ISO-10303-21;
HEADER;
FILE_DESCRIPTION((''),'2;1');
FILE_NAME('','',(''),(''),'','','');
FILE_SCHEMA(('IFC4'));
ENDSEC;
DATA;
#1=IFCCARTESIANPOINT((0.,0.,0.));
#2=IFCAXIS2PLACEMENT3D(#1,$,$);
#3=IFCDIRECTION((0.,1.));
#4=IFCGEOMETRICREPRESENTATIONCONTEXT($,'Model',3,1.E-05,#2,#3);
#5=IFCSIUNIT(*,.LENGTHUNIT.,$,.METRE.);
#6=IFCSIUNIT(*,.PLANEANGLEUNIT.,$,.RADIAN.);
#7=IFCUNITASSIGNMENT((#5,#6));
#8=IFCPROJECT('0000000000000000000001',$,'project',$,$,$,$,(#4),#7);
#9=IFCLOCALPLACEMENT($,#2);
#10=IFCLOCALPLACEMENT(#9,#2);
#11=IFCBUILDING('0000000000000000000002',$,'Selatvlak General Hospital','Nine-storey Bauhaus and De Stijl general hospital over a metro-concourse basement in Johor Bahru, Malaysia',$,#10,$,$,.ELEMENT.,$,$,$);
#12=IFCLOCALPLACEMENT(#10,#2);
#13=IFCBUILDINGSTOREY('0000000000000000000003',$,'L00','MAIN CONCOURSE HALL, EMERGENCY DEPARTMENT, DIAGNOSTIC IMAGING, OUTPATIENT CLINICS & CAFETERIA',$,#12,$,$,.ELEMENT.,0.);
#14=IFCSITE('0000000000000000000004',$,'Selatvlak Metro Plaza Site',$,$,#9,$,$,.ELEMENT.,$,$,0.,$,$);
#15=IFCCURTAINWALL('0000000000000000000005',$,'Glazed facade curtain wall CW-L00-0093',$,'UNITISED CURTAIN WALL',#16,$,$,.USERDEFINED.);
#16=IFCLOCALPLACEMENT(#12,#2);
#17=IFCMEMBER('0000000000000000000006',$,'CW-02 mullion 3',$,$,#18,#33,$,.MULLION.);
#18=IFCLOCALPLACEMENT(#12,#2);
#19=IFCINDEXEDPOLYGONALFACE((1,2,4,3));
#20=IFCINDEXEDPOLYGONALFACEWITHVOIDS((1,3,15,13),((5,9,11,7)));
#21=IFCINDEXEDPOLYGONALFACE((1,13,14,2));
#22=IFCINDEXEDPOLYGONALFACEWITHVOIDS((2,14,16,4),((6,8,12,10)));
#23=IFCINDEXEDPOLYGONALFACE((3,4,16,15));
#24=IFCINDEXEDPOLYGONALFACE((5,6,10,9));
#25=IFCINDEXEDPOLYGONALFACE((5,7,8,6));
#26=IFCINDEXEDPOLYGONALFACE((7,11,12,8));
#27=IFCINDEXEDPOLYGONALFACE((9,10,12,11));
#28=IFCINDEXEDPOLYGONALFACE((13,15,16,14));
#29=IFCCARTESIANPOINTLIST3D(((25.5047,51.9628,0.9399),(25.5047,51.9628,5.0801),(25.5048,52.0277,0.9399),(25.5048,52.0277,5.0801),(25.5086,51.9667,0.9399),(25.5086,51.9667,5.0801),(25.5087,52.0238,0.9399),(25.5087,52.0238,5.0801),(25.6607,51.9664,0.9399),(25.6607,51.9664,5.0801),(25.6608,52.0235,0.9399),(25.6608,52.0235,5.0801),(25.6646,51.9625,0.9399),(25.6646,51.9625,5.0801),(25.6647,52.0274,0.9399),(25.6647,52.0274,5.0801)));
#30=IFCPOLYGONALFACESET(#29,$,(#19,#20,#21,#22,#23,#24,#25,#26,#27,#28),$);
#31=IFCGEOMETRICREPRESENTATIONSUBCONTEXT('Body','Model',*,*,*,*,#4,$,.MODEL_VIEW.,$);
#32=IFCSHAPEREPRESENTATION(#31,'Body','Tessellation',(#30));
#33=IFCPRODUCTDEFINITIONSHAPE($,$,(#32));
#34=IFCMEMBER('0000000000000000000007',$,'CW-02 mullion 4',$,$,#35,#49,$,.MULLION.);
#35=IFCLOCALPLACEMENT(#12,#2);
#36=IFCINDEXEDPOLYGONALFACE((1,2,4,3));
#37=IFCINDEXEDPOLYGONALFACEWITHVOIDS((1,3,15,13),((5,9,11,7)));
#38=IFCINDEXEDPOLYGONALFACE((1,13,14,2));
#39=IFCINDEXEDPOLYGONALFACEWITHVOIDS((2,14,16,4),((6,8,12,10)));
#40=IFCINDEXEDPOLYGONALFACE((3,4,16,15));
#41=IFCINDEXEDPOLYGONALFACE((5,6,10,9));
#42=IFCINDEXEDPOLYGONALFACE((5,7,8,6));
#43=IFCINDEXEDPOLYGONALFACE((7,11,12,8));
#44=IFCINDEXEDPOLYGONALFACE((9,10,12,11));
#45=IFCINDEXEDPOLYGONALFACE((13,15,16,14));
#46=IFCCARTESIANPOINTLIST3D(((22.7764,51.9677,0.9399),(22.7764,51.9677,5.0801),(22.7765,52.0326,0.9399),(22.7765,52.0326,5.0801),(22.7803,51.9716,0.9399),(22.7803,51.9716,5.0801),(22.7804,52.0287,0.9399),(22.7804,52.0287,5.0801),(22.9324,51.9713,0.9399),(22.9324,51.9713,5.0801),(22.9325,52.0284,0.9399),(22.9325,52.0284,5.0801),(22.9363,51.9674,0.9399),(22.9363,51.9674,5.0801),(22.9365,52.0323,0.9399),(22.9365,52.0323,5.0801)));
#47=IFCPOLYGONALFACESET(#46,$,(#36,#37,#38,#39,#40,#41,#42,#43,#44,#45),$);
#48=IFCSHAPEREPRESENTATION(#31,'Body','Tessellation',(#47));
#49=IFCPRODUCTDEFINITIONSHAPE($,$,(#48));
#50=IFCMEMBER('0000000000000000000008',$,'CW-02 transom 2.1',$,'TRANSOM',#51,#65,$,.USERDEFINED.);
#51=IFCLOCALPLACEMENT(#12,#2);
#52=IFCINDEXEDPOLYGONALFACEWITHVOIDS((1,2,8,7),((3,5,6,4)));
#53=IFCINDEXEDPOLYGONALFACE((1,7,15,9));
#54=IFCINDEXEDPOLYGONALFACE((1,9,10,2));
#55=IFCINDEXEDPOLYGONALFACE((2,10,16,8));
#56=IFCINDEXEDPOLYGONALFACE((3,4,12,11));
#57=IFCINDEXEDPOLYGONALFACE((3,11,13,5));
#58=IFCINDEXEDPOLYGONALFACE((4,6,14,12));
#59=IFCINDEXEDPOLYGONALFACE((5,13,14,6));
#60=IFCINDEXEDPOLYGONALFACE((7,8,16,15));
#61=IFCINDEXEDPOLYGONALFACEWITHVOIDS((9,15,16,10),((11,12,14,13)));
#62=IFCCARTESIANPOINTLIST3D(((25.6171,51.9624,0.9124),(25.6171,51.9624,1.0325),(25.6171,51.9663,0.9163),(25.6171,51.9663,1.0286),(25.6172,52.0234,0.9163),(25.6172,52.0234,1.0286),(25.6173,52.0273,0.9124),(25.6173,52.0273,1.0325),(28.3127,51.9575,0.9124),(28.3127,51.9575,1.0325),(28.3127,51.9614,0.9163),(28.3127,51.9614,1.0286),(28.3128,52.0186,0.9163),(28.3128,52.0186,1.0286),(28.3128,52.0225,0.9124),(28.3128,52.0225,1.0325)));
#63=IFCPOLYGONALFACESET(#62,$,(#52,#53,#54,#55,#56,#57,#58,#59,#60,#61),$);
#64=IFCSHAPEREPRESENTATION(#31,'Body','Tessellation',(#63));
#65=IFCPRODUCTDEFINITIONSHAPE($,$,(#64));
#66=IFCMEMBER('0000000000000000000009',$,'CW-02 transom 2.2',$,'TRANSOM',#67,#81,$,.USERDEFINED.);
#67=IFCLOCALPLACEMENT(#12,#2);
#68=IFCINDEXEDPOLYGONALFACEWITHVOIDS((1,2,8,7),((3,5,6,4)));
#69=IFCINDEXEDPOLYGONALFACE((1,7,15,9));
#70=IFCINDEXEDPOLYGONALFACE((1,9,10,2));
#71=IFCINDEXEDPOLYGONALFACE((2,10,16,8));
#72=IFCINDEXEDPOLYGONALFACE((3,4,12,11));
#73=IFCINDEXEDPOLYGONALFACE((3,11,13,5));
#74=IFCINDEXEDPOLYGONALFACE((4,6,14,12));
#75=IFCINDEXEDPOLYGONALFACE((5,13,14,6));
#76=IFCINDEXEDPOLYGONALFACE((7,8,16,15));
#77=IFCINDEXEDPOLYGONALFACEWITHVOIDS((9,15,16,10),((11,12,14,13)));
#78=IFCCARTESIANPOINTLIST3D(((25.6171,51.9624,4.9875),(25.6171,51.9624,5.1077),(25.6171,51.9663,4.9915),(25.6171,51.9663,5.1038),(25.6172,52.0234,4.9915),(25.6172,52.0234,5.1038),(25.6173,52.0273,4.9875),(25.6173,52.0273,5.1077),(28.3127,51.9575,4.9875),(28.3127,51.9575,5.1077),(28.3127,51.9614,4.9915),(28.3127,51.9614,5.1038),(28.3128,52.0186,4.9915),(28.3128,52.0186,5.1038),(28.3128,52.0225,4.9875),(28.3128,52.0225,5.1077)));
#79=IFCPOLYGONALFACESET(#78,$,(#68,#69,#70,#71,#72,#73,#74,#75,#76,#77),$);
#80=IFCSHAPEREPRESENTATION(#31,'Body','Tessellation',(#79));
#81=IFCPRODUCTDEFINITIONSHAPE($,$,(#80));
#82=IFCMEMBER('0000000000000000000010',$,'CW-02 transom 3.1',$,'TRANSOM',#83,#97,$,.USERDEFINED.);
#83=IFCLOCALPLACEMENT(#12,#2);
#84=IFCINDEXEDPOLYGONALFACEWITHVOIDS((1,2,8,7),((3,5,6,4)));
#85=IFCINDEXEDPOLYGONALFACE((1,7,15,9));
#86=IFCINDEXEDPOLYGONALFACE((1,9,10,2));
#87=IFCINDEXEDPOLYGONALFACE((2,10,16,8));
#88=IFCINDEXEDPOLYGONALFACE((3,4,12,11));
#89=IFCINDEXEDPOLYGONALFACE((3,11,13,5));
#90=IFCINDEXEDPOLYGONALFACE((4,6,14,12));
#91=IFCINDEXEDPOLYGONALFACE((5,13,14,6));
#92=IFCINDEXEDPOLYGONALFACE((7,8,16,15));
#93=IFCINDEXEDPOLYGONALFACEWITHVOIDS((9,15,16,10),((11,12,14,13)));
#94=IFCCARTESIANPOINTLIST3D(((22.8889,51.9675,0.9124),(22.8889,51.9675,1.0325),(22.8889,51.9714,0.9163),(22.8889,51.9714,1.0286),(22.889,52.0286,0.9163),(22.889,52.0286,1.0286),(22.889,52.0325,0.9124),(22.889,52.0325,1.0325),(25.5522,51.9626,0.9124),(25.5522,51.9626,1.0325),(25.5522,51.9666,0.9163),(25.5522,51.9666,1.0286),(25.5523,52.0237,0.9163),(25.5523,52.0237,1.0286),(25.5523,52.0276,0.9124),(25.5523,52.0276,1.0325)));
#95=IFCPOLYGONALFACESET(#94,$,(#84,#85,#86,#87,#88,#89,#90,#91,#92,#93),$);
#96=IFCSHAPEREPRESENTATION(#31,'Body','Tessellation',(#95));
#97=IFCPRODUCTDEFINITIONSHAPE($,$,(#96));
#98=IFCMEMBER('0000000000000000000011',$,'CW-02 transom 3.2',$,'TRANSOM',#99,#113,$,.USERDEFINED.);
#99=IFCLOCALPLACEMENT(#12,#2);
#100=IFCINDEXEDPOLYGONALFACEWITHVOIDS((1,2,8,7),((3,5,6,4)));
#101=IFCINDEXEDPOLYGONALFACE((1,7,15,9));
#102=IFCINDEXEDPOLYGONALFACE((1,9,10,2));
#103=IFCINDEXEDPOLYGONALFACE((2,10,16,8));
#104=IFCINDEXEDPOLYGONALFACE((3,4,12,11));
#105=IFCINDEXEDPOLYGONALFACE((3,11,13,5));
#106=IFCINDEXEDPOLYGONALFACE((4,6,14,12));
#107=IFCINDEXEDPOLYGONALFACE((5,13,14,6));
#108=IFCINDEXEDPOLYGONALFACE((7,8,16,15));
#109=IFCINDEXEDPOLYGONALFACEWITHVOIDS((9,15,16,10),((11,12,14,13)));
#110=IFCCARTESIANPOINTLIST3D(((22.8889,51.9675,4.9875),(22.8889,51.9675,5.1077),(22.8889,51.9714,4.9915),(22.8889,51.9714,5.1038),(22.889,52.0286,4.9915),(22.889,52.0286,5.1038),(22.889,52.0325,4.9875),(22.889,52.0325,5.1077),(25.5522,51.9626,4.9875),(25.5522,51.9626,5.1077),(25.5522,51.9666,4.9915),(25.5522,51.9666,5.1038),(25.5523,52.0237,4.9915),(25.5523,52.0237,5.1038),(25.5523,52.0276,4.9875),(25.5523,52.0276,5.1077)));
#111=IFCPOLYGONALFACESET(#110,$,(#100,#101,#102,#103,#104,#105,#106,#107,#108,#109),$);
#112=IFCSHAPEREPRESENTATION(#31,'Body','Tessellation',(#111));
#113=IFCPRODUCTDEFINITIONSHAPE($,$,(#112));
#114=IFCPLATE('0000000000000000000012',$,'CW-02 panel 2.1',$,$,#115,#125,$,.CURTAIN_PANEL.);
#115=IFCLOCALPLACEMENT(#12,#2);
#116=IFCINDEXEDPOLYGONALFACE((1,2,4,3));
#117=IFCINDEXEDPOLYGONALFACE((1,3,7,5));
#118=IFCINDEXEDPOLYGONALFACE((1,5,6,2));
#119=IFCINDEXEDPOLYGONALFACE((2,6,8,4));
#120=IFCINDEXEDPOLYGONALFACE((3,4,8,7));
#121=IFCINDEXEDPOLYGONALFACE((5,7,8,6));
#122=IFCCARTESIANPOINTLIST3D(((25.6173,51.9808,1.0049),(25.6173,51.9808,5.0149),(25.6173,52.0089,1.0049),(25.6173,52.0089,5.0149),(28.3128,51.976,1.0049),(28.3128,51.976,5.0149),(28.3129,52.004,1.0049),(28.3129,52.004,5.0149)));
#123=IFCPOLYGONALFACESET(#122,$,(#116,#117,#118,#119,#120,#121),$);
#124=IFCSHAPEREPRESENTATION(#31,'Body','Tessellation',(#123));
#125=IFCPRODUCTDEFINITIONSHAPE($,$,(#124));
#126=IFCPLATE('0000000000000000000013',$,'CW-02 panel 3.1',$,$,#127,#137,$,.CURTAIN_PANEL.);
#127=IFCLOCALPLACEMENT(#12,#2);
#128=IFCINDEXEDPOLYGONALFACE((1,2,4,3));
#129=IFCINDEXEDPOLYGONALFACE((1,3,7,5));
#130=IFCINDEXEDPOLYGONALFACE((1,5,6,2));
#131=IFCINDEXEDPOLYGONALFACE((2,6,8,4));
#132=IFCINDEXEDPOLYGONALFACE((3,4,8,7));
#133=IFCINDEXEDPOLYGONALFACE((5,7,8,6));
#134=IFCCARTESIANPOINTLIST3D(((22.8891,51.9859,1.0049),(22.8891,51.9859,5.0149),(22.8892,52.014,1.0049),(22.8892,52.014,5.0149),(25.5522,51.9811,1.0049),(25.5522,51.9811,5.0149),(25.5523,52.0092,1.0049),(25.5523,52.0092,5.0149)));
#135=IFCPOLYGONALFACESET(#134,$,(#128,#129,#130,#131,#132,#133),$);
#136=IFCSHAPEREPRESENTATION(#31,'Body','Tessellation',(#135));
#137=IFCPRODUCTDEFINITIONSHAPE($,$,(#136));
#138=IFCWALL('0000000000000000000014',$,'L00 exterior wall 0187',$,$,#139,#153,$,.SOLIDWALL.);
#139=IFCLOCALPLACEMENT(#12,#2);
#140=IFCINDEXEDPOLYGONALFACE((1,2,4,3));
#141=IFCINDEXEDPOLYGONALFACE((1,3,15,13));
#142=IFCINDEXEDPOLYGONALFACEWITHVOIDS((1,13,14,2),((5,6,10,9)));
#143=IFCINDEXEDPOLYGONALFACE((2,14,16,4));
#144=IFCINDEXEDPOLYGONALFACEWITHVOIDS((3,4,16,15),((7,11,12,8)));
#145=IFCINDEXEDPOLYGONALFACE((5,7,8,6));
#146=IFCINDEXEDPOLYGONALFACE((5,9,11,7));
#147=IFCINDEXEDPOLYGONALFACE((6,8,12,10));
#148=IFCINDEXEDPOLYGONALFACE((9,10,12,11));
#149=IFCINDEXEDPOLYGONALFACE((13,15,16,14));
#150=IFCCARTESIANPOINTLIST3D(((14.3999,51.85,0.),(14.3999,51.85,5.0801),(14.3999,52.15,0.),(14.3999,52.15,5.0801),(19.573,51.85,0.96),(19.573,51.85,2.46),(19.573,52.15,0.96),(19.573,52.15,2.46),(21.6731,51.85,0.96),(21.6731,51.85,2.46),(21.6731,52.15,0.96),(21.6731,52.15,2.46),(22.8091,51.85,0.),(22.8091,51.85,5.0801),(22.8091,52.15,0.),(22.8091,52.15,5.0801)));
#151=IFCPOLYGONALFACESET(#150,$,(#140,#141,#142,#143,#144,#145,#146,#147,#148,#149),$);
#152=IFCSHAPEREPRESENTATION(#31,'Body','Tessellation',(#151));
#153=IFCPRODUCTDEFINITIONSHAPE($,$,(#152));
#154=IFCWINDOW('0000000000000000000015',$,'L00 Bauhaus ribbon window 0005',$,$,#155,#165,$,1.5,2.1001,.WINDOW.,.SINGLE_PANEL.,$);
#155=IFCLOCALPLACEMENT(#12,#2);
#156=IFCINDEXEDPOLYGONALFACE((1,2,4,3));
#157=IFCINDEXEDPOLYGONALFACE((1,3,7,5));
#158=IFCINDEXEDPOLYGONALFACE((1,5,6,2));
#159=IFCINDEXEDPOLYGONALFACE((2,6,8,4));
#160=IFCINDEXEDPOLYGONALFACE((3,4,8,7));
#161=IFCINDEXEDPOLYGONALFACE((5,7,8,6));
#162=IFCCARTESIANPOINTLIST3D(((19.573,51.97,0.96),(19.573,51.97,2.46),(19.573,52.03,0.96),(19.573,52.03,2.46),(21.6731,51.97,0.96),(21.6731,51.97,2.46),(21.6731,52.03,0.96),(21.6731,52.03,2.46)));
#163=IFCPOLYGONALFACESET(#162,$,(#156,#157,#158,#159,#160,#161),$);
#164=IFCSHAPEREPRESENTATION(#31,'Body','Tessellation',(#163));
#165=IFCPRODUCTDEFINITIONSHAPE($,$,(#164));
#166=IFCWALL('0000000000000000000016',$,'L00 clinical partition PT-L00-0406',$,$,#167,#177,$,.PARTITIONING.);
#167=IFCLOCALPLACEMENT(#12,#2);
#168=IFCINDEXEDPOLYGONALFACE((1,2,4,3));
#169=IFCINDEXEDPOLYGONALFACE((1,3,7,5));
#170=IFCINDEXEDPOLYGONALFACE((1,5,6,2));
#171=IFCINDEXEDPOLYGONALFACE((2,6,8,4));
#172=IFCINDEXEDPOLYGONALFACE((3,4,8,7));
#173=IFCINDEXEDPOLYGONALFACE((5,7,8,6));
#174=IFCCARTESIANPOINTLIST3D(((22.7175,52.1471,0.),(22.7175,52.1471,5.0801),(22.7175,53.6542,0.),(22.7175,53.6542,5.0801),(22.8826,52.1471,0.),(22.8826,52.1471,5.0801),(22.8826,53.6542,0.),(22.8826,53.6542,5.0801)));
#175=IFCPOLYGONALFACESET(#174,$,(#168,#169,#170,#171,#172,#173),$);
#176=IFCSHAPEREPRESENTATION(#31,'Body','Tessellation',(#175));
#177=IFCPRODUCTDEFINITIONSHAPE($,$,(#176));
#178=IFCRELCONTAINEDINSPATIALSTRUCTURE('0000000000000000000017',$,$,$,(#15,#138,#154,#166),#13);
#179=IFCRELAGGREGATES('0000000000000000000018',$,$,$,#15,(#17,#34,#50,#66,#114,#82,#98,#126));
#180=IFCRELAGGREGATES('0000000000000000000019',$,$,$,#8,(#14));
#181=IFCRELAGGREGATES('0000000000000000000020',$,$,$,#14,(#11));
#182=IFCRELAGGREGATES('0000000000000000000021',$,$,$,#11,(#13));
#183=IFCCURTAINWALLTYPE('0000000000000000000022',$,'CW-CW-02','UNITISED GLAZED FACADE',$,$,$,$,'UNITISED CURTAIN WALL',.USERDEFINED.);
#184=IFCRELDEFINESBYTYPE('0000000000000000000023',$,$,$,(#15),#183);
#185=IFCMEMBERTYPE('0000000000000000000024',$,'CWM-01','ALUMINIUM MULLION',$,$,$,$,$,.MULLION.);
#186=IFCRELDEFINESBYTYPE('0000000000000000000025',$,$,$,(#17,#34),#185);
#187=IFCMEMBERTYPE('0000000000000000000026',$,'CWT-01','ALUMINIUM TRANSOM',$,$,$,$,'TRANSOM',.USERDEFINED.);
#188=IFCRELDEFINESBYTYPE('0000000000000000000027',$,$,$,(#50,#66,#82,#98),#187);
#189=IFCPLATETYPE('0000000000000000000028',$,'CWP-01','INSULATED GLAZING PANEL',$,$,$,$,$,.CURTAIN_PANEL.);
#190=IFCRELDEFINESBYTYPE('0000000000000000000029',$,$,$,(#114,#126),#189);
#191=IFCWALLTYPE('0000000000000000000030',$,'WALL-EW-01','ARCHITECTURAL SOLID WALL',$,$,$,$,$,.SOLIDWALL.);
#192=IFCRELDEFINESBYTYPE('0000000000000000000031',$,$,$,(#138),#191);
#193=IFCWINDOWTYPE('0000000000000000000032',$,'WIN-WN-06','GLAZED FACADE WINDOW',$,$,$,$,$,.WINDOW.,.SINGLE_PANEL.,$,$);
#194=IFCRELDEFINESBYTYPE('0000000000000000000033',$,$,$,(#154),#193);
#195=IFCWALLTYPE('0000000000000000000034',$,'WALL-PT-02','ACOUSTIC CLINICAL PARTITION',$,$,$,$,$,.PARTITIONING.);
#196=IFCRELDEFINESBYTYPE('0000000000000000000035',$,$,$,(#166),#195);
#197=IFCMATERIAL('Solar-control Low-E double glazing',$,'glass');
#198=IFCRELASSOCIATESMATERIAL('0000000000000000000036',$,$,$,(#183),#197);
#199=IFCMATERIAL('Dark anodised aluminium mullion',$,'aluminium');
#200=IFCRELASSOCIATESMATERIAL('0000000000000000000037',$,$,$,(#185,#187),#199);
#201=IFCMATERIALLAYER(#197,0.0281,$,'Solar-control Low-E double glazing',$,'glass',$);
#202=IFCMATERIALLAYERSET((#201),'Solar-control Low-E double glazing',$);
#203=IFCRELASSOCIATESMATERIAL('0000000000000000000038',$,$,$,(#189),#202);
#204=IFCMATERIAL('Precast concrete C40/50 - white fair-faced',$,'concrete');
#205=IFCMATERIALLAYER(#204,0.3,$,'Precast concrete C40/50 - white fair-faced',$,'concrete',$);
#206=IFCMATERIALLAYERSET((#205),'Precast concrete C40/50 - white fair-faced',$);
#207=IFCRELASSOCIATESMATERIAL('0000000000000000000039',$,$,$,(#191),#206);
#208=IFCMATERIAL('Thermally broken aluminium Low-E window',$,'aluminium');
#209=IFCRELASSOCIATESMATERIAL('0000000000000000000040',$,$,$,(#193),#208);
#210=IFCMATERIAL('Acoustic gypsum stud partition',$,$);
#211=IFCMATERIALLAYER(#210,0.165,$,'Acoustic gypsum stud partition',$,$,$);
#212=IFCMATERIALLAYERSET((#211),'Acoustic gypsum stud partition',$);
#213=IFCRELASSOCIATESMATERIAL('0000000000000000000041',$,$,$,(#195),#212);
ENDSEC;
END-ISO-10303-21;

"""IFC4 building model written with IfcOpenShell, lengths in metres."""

from ifc_helpers import new_model, si_unit, direction, frame, frame_2d, origin, origin_2d, place, context, subcontext, project, spatial, rectangle, hollow_rectangle, extrude, material, layer, layer_set, material_profile, profile_set, type_object, element, fill, aggregate, save


model = new_model("IFC4")

# Units and contexts
model_context = context("Model", 3, precision=1e-05, world=origin(), true_north=direction((0.0, 1.0)))
body_context = subcontext(model_context, "Body", "Model", "MODEL_VIEW")
ifc_project = project(units=[si_unit("LENGTHUNIT", "METRE"), si_unit("PLANEANGLEUNIT", "RADIAN")], contexts=[model_context])

# Site, building, storey
site_placement = place(None, origin())
site = spatial("IfcSite", under=ifc_project, at=site_placement, Name="Selatvlak Metro Plaza Site", CompositionType="ELEMENT", RefElevation=0.0)
building_placement = place(site_placement, origin())
building = spatial("IfcBuilding", under=site, at=building_placement, Name="Selatvlak General Hospital", Description="Nine-storey Bauhaus and De Stijl general hospital over a metro-concourse basement in Johor Bahru, Malaysia", CompositionType="ELEMENT")
storey_placement = place(building_placement, origin())
storey = spatial("IfcBuildingStorey", under=building, at=storey_placement, Name="L00", Description="MAIN CONCOURSE HALL, EMERGENCY DEPARTMENT, DIAGNOSTIC IMAGING, OUTPATIENT CLINICS & CAFETERIA", CompositionType="ELEMENT", Elevation=0.0)

# Curtain wall, members, plates
ifc_material_1 = material(Name="Solar-control Low-E double glazing", Category="glass")
curtain_wall_type = type_object("IfcCurtainWallType", Name="CW-CW-02", Description="UNITISED GLAZED FACADE", ElementType="UNITISED CURTAIN WALL", PredefinedType="USERDEFINED", material=ifc_material_1)
curtain_wall_placement = place(storey_placement, origin())
curtain_wall = element("IfcCurtainWall", 1, at=curtain_wall_placement, inside=storey, type_object=curtain_wall_type, Name="Glazed facade curtain wall CW-L00-0093", ObjectType="UNITISED CURTAIN WALL", PredefinedType="USERDEFINED")
ifc_material_2 = material(Name="Dark anodised aluminium mullion", Category="aluminium")
ifc_material_profile_1 = material_profile(ifc_material_2, hollow_rectangle(XDim=0.0649, YDim=0.1599, WallThickness=0.0039, at=origin_2d()), Name="AL-MUL 65x160x4")
ifc_profile_set_1 = profile_set([ifc_material_profile_1], Name="Dark anodised aluminium mullion")
member_type_1 = type_object("IfcMemberType", Name="CWM-01", Description="ALUMINIUM MULLION", PredefinedType="MULLION", material=ifc_profile_set_1)
member_1_placement = place(storey_placement, frame((25.5847, 51.9951, 0.9399), z_axis=(0.0, 0.0, 1.0), x_axis=(-0.001811, -0.999998, 0.0)))
member_1 = element("IfcMember", 2, at=member_1_placement, type_object=member_type_1, Name="CW-02 mullion 3", PredefinedType="MULLION", context=body_context, shape_type="SweptSolid", body=[
    extrude(hollow_rectangle(XDim=0.0649, YDim=0.1599, WallThickness=0.0039, at=origin_2d()), origin(), (0.0, 0.0, 1.0), 4.1401),
])
member_2_placement = place(storey_placement, frame((22.8564, 52.0, 0.9399), z_axis=(0.0, 0.0, 1.0), x_axis=(-0.001811, -0.999998, 0.0)))
member_2 = element("IfcMember", 3, at=member_2_placement, type_object=member_type_1, Name="CW-02 mullion 4", PredefinedType="MULLION", context=body_context, shape_type="SweptSolid", body=[
    extrude(hollow_rectangle(XDim=0.0649, YDim=0.1599, WallThickness=0.0039, at=origin_2d()), origin(), (0.0, 0.0, 1.0), 4.1401),
])
ifc_material_profile_2 = material_profile(ifc_material_2, hollow_rectangle(XDim=0.0649, YDim=0.1201, WallThickness=0.0039, at=origin_2d()), Name="AL-TRN 65x120x4")
ifc_profile_set_2 = profile_set([ifc_material_profile_2], Name="Dark anodised aluminium mullion")
member_type_2 = type_object("IfcMemberType", Name="CWT-01", Description="ALUMINIUM TRANSOM", ElementType="TRANSOM", PredefinedType="USERDEFINED", material=ifc_profile_set_2)
member_3_placement = place(storey_placement, frame((28.3127, 51.99, 0.9724), z_axis=(-0.999998, 0.001811, 0.0), x_axis=(-0.001811, -0.999998, 0.0)))
member_3 = element("IfcMember", 4, at=member_3_placement, type_object=member_type_2, Name="CW-02 transom 2.1", ObjectType="TRANSOM", PredefinedType="USERDEFINED", context=body_context, shape_type="SweptSolid", body=[
    extrude(hollow_rectangle(XDim=0.0649, YDim=0.1201, WallThickness=0.0039, at=origin_2d()), origin(), (0.0, 0.0, 1.0), 2.6956),
])
member_4_placement = place(storey_placement, frame((28.3127, 51.99, 5.0476), z_axis=(-0.999998, 0.001811, 0.0), x_axis=(-0.001811, -0.999998, 0.0)))
member_4 = element("IfcMember", 5, at=member_4_placement, type_object=member_type_2, Name="CW-02 transom 2.2", ObjectType="TRANSOM", PredefinedType="USERDEFINED", context=body_context, shape_type="SweptSolid", body=[
    extrude(hollow_rectangle(XDim=0.0649, YDim=0.1201, WallThickness=0.0039, at=origin_2d()), origin(), (0.0, 0.0, 1.0), 2.6956),
])
member_5_placement = place(storey_placement, frame((25.5522, 51.9951, 0.9724), z_axis=(-0.999998, 0.001833, 0.0), x_axis=(-0.001833, -0.999998, 0.0)))
member_5 = element("IfcMember", 6, at=member_5_placement, type_object=member_type_2, Name="CW-02 transom 3.1", ObjectType="TRANSOM", PredefinedType="USERDEFINED", context=body_context, shape_type="SweptSolid", body=[
    extrude(hollow_rectangle(XDim=0.0649, YDim=0.1201, WallThickness=0.0039, at=origin_2d()), origin(), (0.0, 0.0, 1.0), 2.6633),
])
member_6_placement = place(storey_placement, frame((25.5522, 51.9951, 5.0476), z_axis=(-0.999998, 0.001833, 0.0), x_axis=(-0.001833, -0.999998, 0.0)))
member_6 = element("IfcMember", 7, at=member_6_placement, type_object=member_type_2, Name="CW-02 transom 3.2", ObjectType="TRANSOM", PredefinedType="USERDEFINED", context=body_context, shape_type="SweptSolid", body=[
    extrude(hollow_rectangle(XDim=0.0649, YDim=0.1201, WallThickness=0.0039, at=origin_2d()), origin(), (0.0, 0.0, 1.0), 2.6633),
])
ifc_layer_1 = layer(ifc_material_1, 0.0281, Name="Solar-control Low-E double glazing", Category="glass")
ifc_layer_set_1 = layer_set([ifc_layer_1], Name="Solar-control Low-E double glazing")
plate_type = type_object("IfcPlateType", Name="CWP-01", Description="INSULATED GLAZING PANEL", PredefinedType="CURTAIN_PANEL", material=ifc_layer_set_1)
plate_1_placement = place(storey_placement, frame((26.9651, 51.9924, 1.0049), z_axis=(0.0, 0.0, 1.0), x_axis=(-0.999998, 0.001811, 0.0)))
plate_1 = element("IfcPlate", 8, at=plate_1_placement, type_object=plate_type, Name="CW-02 panel 2.1", PredefinedType="CURTAIN_PANEL", context=body_context, shape_type="SweptSolid", body=[
    extrude(rectangle(XDim=2.6956, YDim=0.0281, at=origin_2d()), origin(), (0.0, 0.0, 1.0), 4.01),
])
plate_2_placement = place(storey_placement, frame((24.2207, 51.9976, 1.0049), z_axis=(0.0, 0.0, 1.0), x_axis=(-0.999998, 0.001811, 0.0)))
plate_2 = element("IfcPlate", 9, at=plate_2_placement, type_object=plate_type, Name="CW-02 panel 3.1", PredefinedType="CURTAIN_PANEL", context=body_context, shape_type="SweptSolid", body=[
    extrude(rectangle(XDim=2.6631, YDim=0.0281, at=origin_2d()), origin(), (0.0, 0.0, 1.0), 4.01),
])
aggregate(curtain_wall, [member_1, member_2, member_3, member_4, plate_1, member_5, member_6, plate_2])

# Wall, opening, window
ifc_material_3 = material(Name="Precast concrete C40/50 - white fair-faced", Category="concrete")
ifc_layer_2 = layer(ifc_material_3, 0.3, Name="Precast concrete C40/50 - white fair-faced", Category="concrete")
ifc_layer_set_2 = layer_set([ifc_layer_2], Name="Precast concrete C40/50 - white fair-faced")
wall_type_1 = type_object("IfcWallType", Name="WALL-EW-01", Description="ARCHITECTURAL SOLID WALL", PredefinedType="SOLIDWALL", material=ifc_layer_set_2)
wall_1_placement = place(storey_placement, frame((22.8091, 52.0, 0.0), z_axis=(0.0, 0.0, 1.0), x_axis=(-1.0, 0.0, 0.0)))
wall_1 = element("IfcWall", 10, at=wall_1_placement, inside=storey, type_object=wall_type_1, Name="L00 exterior wall 0187", PredefinedType="SOLIDWALL", context=body_context, shape_type="SweptSolid", body=[
    extrude(rectangle(XDim=8.4092, YDim=0.3, at=frame_2d((4.2046, 0.0))), origin(), (0.0, 0.0, 1.0), 5.0801),
])
opening_placement = place(wall_1_placement, frame((1.136, 0.0, 0.96)))
opening = element("IfcOpeningElement", 11, at=opening_placement, cuts=wall_1, PredefinedType="OPENING", context=body_context, shape_type="SweptSolid", body=[
    extrude(rectangle(XDim=2.1001, YDim=1.5, at=frame_2d((1.05, 0.75))), frame((0.0, 0.1599, 0.0), z_axis=(0.0, -1.0, 0.0), x_axis=(1.0, 0.0, 0.0)), (0.0, 0.0, 1.0), 0.3201),
])
ifc_material_4 = material(Name="Thermally broken aluminium Low-E window", Category="aluminium")
window_type = type_object("IfcWindowType", Name="WIN-WN-06", Description="GLAZED FACADE WINDOW", PartitioningType="SINGLE_PANEL", PredefinedType="WINDOW", material=ifc_material_4)
window_placement = place(opening_placement, origin())
window = element("IfcWindow", 12, at=window_placement, inside=storey, type_object=window_type, Name="L00 Bauhaus ribbon window 0005", OverallHeight=1.5, OverallWidth=2.1001, PartitioningType="SINGLE_PANEL", PredefinedType="WINDOW", context=body_context, shape_type="SweptSolid", body=[
    extrude(rectangle(XDim=2.1001, YDim=1.5, at=frame_2d((1.05, 0.75))), frame((0.0, 0.03, 0.0), z_axis=(0.0, -1.0, 0.0), x_axis=(1.0, 0.0, 0.0)), (0.0, 0.0, 1.0), 0.0601),
])
fill(opening, window)

# Wall
ifc_material_5 = material(Name="Acoustic gypsum stud partition")
ifc_layer_3 = layer(ifc_material_5, 0.165, Name="Acoustic gypsum stud partition")
ifc_layer_set_3 = layer_set([ifc_layer_3], Name="Acoustic gypsum stud partition")
wall_type_2 = type_object("IfcWallType", Name="WALL-PT-02", Description="ACOUSTIC CLINICAL PARTITION", PredefinedType="PARTITIONING", material=ifc_layer_set_3)
wall_2_placement = place(storey_placement, frame((22.8, 53.6541, 0.0), z_axis=(0.0, 0.0, 1.0), x_axis=(0.0, -1.0, 0.0)))
element("IfcWall", 13, at=wall_2_placement, inside=storey, type_object=wall_type_2, Name="L00 clinical partition PT-L00-0406", PredefinedType="PARTITIONING", context=body_context, shape_type="SweptSolid", body=[
    extrude(rectangle(XDim=1.5071, YDim=0.165, at=frame_2d((0.7534, 0.0))), origin(), (0.0, 0.0, 1.0), 5.0801),
])

save(model, "model.ifc")
